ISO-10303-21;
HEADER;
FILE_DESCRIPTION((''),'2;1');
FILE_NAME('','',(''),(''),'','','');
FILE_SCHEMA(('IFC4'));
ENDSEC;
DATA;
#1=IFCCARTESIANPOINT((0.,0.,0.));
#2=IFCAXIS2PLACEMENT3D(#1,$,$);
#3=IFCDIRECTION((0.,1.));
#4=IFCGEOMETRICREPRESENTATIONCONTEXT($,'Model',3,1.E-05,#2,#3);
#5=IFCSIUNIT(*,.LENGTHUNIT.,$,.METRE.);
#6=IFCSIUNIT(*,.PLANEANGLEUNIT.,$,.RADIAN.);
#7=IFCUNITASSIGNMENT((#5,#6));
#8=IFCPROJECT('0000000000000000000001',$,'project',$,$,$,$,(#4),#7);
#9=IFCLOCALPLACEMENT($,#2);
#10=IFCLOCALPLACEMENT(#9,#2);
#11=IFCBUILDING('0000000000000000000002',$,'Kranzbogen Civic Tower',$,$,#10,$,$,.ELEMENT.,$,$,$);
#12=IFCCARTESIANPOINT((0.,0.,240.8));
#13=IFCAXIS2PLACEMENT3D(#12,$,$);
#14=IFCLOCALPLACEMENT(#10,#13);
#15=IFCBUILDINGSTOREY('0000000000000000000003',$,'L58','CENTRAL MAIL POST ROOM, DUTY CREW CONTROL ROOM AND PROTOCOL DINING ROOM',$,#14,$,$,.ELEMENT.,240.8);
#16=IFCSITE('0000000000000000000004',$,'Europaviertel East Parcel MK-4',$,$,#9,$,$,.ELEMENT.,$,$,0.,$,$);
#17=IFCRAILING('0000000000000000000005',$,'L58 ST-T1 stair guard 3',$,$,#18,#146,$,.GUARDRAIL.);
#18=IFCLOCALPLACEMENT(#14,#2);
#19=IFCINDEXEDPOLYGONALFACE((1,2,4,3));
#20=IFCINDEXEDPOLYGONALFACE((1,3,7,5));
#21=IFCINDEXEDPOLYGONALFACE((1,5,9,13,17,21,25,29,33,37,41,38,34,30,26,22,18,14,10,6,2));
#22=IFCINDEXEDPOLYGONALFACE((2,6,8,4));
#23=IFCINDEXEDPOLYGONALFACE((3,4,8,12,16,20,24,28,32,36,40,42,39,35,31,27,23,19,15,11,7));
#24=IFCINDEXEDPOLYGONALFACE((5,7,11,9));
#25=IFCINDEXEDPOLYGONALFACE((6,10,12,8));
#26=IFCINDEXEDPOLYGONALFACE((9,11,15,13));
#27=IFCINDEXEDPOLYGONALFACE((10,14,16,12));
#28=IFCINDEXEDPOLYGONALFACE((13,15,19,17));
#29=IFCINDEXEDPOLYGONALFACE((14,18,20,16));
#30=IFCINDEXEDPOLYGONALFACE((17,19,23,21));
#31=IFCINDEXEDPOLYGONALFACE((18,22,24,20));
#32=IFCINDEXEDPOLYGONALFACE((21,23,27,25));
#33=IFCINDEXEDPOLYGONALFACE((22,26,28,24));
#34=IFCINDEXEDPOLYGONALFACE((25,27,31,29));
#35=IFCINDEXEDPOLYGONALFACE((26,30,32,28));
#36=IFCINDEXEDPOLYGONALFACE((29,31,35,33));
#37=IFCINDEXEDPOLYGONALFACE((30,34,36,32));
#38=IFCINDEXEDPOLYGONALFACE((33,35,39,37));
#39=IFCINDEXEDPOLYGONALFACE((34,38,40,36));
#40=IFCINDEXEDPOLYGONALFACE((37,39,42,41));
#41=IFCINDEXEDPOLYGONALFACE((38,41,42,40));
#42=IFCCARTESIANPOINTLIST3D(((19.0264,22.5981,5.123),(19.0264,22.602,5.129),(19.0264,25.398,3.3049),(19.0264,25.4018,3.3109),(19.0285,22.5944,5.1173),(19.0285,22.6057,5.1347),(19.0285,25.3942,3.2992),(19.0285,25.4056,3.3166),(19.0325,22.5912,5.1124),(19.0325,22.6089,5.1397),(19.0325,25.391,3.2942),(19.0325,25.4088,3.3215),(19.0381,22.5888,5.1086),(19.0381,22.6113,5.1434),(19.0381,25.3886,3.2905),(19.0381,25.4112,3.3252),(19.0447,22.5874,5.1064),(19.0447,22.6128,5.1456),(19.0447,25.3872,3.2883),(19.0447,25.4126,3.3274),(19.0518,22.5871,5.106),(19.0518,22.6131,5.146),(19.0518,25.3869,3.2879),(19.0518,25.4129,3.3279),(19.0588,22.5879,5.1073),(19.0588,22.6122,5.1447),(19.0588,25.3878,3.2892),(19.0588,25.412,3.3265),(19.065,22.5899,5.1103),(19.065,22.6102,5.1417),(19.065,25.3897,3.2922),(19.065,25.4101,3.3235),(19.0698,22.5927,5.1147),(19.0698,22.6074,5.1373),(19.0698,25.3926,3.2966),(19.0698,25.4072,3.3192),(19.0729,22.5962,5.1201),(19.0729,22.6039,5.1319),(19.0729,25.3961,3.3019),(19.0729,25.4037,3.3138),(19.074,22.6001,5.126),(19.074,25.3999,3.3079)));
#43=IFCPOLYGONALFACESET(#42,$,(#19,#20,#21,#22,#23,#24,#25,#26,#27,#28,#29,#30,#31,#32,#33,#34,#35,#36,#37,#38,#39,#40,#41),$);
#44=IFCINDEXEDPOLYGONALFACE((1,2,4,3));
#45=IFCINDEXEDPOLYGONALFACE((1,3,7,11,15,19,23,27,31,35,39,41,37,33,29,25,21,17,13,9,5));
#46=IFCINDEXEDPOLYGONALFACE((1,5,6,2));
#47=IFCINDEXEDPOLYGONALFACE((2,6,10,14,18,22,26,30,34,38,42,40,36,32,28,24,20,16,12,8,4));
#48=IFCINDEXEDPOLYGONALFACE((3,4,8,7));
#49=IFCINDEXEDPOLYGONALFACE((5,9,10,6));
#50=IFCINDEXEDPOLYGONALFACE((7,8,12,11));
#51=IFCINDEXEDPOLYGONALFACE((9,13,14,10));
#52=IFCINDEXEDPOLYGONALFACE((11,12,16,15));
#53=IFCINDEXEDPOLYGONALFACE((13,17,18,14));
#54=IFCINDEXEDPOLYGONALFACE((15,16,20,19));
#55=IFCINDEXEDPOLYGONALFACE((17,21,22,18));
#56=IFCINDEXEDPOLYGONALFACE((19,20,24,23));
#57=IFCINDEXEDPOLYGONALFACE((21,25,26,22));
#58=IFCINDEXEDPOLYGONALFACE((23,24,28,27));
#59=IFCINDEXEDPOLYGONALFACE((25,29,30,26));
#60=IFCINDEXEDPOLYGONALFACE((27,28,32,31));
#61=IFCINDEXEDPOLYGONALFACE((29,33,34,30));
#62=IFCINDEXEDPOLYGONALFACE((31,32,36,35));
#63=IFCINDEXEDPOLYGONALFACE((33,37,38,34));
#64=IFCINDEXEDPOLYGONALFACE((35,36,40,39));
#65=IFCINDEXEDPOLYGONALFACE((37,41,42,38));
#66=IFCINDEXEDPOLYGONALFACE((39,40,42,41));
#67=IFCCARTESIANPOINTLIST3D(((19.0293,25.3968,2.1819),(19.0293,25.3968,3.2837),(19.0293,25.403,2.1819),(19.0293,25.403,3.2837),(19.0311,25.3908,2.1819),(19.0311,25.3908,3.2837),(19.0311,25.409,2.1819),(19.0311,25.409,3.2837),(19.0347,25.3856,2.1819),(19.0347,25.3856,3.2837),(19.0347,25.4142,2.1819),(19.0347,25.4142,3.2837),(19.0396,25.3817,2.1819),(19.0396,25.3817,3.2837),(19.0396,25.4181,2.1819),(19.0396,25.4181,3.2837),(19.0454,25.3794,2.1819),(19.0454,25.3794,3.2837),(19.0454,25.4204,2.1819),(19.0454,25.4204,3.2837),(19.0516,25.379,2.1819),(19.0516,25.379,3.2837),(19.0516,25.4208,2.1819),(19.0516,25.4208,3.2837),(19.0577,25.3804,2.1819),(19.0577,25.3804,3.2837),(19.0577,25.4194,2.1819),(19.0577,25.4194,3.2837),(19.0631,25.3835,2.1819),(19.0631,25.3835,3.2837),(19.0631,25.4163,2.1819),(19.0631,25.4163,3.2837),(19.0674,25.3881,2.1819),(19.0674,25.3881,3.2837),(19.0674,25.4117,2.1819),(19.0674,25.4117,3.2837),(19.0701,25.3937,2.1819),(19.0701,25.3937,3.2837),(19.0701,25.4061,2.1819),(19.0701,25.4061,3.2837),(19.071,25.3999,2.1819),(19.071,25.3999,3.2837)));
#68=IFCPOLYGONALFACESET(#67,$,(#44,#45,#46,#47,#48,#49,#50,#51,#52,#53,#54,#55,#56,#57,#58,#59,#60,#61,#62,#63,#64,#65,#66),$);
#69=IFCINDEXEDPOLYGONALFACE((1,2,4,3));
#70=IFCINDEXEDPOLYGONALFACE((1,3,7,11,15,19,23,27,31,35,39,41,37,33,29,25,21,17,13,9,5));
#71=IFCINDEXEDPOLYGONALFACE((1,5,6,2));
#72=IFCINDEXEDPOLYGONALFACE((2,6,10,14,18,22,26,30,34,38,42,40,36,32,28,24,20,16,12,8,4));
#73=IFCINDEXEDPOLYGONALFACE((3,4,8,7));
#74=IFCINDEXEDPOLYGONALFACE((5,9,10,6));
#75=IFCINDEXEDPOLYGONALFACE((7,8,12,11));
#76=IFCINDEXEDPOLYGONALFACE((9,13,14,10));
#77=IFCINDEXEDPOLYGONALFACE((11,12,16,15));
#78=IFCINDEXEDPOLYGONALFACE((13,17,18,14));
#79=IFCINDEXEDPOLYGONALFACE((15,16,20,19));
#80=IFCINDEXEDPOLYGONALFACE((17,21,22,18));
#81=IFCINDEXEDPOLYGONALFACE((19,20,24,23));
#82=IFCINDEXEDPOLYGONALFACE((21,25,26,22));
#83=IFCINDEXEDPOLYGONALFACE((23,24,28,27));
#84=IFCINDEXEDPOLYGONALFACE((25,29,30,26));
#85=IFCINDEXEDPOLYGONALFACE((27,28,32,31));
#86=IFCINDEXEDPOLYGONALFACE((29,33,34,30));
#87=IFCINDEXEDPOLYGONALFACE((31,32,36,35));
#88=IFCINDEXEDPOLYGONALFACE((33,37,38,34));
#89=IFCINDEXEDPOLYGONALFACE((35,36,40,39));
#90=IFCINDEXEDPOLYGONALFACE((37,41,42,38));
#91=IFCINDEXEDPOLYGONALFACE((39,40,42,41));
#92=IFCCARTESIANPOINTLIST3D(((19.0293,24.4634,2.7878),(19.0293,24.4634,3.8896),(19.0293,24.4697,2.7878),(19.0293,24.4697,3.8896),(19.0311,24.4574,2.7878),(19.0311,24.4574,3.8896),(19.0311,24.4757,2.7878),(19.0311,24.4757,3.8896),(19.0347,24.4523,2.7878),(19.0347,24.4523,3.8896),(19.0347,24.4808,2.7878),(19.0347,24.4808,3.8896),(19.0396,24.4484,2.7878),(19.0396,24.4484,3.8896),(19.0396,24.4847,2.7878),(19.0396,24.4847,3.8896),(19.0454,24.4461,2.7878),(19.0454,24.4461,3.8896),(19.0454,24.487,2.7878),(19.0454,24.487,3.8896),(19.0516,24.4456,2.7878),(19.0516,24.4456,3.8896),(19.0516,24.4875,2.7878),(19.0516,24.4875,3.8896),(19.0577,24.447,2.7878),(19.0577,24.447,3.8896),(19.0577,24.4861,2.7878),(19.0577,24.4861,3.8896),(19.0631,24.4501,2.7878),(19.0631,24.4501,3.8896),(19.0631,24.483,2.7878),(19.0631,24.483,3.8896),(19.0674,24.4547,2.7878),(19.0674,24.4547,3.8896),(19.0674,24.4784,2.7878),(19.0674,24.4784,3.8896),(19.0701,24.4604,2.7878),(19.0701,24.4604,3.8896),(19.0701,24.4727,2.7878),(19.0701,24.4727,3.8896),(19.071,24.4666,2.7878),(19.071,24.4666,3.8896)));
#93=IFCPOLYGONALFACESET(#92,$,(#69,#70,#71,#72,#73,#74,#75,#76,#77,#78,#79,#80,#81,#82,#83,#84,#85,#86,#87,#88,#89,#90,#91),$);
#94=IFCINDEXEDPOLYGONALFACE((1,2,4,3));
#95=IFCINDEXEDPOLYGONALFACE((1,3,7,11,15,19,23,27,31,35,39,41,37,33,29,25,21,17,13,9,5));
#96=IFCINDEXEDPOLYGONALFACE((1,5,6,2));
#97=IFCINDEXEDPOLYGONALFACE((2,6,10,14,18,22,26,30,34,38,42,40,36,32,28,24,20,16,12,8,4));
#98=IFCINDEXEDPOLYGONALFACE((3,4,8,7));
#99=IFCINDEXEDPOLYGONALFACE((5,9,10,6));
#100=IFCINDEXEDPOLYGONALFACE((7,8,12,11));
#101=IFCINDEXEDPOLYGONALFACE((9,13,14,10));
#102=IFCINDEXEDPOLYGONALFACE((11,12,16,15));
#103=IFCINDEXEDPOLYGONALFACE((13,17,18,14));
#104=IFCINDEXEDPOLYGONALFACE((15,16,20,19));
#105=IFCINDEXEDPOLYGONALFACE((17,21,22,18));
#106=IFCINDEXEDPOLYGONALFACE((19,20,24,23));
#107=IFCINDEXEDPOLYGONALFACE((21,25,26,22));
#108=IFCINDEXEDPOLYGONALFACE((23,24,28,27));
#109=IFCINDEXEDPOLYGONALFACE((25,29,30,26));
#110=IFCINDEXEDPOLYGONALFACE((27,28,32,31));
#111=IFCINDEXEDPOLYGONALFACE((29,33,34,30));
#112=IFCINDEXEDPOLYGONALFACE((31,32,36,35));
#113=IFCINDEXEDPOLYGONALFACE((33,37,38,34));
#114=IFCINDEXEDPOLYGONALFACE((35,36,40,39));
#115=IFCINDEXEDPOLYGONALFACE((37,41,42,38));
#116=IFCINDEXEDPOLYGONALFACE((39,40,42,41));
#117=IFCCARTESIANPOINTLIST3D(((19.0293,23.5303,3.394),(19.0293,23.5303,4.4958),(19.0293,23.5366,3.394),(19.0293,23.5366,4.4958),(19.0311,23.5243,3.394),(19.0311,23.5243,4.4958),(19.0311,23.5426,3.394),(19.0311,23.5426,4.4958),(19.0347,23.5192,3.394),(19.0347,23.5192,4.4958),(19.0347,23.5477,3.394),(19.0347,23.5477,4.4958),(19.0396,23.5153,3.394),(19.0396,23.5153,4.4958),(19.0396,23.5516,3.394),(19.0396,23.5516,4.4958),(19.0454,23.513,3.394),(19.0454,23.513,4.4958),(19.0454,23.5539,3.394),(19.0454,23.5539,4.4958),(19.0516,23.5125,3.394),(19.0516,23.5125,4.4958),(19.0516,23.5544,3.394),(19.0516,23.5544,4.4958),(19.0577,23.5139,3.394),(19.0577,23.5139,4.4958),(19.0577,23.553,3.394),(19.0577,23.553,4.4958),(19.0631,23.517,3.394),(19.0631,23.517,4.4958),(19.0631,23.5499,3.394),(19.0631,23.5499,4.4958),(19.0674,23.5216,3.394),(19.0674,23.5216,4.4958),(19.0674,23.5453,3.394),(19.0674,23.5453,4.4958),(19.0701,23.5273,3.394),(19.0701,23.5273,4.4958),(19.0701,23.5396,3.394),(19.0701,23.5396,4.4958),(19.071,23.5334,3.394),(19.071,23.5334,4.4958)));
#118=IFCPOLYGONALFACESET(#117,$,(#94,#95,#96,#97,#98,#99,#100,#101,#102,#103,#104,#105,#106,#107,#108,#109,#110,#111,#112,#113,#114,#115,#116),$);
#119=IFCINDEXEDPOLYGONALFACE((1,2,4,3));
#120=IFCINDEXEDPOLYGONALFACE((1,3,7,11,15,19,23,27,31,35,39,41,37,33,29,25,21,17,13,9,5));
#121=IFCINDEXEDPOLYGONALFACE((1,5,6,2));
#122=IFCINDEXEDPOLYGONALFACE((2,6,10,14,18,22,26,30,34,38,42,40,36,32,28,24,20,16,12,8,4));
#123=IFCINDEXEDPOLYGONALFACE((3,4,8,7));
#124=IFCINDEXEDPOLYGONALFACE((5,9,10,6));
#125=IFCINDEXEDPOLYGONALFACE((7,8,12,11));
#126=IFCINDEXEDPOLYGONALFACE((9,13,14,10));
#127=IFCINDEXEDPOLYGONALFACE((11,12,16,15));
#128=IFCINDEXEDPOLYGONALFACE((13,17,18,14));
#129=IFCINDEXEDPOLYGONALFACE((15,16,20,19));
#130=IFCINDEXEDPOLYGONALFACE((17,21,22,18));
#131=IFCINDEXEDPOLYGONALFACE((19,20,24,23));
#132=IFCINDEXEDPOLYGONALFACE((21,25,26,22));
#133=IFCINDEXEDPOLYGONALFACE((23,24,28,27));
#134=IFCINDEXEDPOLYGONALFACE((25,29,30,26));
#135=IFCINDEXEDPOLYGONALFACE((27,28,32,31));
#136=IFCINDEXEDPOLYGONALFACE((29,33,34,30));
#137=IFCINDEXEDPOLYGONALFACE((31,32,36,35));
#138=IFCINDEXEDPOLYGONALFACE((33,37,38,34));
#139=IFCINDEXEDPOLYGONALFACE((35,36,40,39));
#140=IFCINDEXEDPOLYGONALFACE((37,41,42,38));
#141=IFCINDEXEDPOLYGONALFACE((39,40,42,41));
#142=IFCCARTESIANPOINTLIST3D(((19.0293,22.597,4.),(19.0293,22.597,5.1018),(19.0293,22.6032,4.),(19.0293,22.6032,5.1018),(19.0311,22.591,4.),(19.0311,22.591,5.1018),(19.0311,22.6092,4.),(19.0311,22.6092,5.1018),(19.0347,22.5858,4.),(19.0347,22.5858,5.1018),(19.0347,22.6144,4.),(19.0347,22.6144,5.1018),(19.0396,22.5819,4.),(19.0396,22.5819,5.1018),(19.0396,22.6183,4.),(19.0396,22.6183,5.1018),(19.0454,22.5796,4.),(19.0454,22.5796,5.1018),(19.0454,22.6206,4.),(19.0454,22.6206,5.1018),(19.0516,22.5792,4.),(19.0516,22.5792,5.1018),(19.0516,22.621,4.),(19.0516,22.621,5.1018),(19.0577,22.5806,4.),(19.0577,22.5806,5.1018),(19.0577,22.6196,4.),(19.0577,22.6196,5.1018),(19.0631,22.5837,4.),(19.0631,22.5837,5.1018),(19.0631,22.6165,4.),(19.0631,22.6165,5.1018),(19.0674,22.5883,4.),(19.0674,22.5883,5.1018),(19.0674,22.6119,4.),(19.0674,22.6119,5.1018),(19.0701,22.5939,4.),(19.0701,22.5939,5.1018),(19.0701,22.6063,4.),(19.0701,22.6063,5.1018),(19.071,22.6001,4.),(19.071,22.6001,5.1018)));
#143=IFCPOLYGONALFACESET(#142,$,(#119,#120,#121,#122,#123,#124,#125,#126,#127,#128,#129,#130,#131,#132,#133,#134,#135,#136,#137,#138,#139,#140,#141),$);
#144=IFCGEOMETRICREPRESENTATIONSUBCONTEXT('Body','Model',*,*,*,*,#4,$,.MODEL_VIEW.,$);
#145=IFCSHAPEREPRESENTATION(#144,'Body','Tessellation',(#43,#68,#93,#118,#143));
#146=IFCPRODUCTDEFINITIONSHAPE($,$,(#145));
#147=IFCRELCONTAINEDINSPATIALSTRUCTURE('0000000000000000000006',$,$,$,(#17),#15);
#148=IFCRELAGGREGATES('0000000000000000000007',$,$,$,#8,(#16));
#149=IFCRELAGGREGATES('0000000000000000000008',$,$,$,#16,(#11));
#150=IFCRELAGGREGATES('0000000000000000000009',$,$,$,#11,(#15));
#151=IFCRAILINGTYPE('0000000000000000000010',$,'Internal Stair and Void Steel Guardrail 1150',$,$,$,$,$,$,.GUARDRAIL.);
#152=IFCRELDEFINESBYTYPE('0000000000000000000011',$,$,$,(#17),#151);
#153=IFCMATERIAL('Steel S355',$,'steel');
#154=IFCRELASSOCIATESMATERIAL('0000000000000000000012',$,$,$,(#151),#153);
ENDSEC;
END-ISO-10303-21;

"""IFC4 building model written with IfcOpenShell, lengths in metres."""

from ifc_helpers import new_model, si_unit, direction, frame, origin, origin_2d, place, context, subcontext, project, spatial, circle, extrude, material, type_object, element, save


model = new_model("IFC4")

# Units and contexts
model_context = context("Model", 3, precision=1e-05, world=origin(), true_north=direction((0.0, 1.0)))
body_context = subcontext(model_context, "Body", "Model", "MODEL_VIEW")
ifc_project = project(units=[si_unit("LENGTHUNIT", "METRE"), si_unit("PLANEANGLEUNIT", "RADIAN")], contexts=[model_context])

# Site, building, storey
site_placement = place(None, origin())
site = spatial("IfcSite", under=ifc_project, at=site_placement, Name="Europaviertel East Parcel MK-4", CompositionType="ELEMENT", RefElevation=0.0)
building_placement = place(site_placement, origin())
building = spatial("IfcBuilding", under=site, at=building_placement, Name="Kranzbogen Civic Tower", CompositionType="ELEMENT")
storey_placement = place(building_placement, frame((0.0, 0.0, 240.8)))
storey = spatial("IfcBuildingStorey", under=building, at=storey_placement, Name="L58", Description="CENTRAL MAIL POST ROOM, DUTY CREW CONTROL ROOM AND PROTOCOL DINING ROOM", CompositionType="ELEMENT", Elevation=240.8)

# Shared definitions
ifc_material_1 = material(Name="Steel S355", Category="steel")

# Railing
railing_type_1 = type_object("IfcRailingType", Name="Internal Stair and Void Steel Guardrail 1150", PredefinedType="GUARDRAIL", material=ifc_material_1)
railing_1_placement = place(storey_placement, frame((19.05, 25.3999, 2.1819)))
element("IfcRailing", 1, at=railing_1_placement, inside=storey, type_object=railing_type_1, Name="L58 ST-T1 stair guard 3", PredefinedType="GUARDRAIL", context=body_context, shape_type="SweptSolid", body=[
    extrude(circle(Radius=0.0239, at=origin_2d()), frame((0.0, 0.0, 1.126), z_axis=(0.0, -0.838684, 0.544618), x_axis=(1.0, 0.0, 0.0)), (0.0, 0.0, 1.0), 3.3384),
    extrude(circle(Radius=0.021, at=origin_2d()), origin(), (0.0, 0.0, 1.0), 1.1018),
    extrude(circle(Radius=0.021, at=origin_2d()), frame((0.0, -0.9333, 0.606)), (0.0, 0.0, 1.0), 1.1018),
    extrude(circle(Radius=0.021, at=origin_2d()), frame((0.0, -1.8665, 1.2122)), (0.0, 0.0, 1.0), 1.1018),
    extrude(circle(Radius=0.021, at=origin_2d()), frame((0.0, -2.7998, 1.8181)), (0.0, 0.0, 1.0), 1.1018),
])

save(model, "model.ifc")
